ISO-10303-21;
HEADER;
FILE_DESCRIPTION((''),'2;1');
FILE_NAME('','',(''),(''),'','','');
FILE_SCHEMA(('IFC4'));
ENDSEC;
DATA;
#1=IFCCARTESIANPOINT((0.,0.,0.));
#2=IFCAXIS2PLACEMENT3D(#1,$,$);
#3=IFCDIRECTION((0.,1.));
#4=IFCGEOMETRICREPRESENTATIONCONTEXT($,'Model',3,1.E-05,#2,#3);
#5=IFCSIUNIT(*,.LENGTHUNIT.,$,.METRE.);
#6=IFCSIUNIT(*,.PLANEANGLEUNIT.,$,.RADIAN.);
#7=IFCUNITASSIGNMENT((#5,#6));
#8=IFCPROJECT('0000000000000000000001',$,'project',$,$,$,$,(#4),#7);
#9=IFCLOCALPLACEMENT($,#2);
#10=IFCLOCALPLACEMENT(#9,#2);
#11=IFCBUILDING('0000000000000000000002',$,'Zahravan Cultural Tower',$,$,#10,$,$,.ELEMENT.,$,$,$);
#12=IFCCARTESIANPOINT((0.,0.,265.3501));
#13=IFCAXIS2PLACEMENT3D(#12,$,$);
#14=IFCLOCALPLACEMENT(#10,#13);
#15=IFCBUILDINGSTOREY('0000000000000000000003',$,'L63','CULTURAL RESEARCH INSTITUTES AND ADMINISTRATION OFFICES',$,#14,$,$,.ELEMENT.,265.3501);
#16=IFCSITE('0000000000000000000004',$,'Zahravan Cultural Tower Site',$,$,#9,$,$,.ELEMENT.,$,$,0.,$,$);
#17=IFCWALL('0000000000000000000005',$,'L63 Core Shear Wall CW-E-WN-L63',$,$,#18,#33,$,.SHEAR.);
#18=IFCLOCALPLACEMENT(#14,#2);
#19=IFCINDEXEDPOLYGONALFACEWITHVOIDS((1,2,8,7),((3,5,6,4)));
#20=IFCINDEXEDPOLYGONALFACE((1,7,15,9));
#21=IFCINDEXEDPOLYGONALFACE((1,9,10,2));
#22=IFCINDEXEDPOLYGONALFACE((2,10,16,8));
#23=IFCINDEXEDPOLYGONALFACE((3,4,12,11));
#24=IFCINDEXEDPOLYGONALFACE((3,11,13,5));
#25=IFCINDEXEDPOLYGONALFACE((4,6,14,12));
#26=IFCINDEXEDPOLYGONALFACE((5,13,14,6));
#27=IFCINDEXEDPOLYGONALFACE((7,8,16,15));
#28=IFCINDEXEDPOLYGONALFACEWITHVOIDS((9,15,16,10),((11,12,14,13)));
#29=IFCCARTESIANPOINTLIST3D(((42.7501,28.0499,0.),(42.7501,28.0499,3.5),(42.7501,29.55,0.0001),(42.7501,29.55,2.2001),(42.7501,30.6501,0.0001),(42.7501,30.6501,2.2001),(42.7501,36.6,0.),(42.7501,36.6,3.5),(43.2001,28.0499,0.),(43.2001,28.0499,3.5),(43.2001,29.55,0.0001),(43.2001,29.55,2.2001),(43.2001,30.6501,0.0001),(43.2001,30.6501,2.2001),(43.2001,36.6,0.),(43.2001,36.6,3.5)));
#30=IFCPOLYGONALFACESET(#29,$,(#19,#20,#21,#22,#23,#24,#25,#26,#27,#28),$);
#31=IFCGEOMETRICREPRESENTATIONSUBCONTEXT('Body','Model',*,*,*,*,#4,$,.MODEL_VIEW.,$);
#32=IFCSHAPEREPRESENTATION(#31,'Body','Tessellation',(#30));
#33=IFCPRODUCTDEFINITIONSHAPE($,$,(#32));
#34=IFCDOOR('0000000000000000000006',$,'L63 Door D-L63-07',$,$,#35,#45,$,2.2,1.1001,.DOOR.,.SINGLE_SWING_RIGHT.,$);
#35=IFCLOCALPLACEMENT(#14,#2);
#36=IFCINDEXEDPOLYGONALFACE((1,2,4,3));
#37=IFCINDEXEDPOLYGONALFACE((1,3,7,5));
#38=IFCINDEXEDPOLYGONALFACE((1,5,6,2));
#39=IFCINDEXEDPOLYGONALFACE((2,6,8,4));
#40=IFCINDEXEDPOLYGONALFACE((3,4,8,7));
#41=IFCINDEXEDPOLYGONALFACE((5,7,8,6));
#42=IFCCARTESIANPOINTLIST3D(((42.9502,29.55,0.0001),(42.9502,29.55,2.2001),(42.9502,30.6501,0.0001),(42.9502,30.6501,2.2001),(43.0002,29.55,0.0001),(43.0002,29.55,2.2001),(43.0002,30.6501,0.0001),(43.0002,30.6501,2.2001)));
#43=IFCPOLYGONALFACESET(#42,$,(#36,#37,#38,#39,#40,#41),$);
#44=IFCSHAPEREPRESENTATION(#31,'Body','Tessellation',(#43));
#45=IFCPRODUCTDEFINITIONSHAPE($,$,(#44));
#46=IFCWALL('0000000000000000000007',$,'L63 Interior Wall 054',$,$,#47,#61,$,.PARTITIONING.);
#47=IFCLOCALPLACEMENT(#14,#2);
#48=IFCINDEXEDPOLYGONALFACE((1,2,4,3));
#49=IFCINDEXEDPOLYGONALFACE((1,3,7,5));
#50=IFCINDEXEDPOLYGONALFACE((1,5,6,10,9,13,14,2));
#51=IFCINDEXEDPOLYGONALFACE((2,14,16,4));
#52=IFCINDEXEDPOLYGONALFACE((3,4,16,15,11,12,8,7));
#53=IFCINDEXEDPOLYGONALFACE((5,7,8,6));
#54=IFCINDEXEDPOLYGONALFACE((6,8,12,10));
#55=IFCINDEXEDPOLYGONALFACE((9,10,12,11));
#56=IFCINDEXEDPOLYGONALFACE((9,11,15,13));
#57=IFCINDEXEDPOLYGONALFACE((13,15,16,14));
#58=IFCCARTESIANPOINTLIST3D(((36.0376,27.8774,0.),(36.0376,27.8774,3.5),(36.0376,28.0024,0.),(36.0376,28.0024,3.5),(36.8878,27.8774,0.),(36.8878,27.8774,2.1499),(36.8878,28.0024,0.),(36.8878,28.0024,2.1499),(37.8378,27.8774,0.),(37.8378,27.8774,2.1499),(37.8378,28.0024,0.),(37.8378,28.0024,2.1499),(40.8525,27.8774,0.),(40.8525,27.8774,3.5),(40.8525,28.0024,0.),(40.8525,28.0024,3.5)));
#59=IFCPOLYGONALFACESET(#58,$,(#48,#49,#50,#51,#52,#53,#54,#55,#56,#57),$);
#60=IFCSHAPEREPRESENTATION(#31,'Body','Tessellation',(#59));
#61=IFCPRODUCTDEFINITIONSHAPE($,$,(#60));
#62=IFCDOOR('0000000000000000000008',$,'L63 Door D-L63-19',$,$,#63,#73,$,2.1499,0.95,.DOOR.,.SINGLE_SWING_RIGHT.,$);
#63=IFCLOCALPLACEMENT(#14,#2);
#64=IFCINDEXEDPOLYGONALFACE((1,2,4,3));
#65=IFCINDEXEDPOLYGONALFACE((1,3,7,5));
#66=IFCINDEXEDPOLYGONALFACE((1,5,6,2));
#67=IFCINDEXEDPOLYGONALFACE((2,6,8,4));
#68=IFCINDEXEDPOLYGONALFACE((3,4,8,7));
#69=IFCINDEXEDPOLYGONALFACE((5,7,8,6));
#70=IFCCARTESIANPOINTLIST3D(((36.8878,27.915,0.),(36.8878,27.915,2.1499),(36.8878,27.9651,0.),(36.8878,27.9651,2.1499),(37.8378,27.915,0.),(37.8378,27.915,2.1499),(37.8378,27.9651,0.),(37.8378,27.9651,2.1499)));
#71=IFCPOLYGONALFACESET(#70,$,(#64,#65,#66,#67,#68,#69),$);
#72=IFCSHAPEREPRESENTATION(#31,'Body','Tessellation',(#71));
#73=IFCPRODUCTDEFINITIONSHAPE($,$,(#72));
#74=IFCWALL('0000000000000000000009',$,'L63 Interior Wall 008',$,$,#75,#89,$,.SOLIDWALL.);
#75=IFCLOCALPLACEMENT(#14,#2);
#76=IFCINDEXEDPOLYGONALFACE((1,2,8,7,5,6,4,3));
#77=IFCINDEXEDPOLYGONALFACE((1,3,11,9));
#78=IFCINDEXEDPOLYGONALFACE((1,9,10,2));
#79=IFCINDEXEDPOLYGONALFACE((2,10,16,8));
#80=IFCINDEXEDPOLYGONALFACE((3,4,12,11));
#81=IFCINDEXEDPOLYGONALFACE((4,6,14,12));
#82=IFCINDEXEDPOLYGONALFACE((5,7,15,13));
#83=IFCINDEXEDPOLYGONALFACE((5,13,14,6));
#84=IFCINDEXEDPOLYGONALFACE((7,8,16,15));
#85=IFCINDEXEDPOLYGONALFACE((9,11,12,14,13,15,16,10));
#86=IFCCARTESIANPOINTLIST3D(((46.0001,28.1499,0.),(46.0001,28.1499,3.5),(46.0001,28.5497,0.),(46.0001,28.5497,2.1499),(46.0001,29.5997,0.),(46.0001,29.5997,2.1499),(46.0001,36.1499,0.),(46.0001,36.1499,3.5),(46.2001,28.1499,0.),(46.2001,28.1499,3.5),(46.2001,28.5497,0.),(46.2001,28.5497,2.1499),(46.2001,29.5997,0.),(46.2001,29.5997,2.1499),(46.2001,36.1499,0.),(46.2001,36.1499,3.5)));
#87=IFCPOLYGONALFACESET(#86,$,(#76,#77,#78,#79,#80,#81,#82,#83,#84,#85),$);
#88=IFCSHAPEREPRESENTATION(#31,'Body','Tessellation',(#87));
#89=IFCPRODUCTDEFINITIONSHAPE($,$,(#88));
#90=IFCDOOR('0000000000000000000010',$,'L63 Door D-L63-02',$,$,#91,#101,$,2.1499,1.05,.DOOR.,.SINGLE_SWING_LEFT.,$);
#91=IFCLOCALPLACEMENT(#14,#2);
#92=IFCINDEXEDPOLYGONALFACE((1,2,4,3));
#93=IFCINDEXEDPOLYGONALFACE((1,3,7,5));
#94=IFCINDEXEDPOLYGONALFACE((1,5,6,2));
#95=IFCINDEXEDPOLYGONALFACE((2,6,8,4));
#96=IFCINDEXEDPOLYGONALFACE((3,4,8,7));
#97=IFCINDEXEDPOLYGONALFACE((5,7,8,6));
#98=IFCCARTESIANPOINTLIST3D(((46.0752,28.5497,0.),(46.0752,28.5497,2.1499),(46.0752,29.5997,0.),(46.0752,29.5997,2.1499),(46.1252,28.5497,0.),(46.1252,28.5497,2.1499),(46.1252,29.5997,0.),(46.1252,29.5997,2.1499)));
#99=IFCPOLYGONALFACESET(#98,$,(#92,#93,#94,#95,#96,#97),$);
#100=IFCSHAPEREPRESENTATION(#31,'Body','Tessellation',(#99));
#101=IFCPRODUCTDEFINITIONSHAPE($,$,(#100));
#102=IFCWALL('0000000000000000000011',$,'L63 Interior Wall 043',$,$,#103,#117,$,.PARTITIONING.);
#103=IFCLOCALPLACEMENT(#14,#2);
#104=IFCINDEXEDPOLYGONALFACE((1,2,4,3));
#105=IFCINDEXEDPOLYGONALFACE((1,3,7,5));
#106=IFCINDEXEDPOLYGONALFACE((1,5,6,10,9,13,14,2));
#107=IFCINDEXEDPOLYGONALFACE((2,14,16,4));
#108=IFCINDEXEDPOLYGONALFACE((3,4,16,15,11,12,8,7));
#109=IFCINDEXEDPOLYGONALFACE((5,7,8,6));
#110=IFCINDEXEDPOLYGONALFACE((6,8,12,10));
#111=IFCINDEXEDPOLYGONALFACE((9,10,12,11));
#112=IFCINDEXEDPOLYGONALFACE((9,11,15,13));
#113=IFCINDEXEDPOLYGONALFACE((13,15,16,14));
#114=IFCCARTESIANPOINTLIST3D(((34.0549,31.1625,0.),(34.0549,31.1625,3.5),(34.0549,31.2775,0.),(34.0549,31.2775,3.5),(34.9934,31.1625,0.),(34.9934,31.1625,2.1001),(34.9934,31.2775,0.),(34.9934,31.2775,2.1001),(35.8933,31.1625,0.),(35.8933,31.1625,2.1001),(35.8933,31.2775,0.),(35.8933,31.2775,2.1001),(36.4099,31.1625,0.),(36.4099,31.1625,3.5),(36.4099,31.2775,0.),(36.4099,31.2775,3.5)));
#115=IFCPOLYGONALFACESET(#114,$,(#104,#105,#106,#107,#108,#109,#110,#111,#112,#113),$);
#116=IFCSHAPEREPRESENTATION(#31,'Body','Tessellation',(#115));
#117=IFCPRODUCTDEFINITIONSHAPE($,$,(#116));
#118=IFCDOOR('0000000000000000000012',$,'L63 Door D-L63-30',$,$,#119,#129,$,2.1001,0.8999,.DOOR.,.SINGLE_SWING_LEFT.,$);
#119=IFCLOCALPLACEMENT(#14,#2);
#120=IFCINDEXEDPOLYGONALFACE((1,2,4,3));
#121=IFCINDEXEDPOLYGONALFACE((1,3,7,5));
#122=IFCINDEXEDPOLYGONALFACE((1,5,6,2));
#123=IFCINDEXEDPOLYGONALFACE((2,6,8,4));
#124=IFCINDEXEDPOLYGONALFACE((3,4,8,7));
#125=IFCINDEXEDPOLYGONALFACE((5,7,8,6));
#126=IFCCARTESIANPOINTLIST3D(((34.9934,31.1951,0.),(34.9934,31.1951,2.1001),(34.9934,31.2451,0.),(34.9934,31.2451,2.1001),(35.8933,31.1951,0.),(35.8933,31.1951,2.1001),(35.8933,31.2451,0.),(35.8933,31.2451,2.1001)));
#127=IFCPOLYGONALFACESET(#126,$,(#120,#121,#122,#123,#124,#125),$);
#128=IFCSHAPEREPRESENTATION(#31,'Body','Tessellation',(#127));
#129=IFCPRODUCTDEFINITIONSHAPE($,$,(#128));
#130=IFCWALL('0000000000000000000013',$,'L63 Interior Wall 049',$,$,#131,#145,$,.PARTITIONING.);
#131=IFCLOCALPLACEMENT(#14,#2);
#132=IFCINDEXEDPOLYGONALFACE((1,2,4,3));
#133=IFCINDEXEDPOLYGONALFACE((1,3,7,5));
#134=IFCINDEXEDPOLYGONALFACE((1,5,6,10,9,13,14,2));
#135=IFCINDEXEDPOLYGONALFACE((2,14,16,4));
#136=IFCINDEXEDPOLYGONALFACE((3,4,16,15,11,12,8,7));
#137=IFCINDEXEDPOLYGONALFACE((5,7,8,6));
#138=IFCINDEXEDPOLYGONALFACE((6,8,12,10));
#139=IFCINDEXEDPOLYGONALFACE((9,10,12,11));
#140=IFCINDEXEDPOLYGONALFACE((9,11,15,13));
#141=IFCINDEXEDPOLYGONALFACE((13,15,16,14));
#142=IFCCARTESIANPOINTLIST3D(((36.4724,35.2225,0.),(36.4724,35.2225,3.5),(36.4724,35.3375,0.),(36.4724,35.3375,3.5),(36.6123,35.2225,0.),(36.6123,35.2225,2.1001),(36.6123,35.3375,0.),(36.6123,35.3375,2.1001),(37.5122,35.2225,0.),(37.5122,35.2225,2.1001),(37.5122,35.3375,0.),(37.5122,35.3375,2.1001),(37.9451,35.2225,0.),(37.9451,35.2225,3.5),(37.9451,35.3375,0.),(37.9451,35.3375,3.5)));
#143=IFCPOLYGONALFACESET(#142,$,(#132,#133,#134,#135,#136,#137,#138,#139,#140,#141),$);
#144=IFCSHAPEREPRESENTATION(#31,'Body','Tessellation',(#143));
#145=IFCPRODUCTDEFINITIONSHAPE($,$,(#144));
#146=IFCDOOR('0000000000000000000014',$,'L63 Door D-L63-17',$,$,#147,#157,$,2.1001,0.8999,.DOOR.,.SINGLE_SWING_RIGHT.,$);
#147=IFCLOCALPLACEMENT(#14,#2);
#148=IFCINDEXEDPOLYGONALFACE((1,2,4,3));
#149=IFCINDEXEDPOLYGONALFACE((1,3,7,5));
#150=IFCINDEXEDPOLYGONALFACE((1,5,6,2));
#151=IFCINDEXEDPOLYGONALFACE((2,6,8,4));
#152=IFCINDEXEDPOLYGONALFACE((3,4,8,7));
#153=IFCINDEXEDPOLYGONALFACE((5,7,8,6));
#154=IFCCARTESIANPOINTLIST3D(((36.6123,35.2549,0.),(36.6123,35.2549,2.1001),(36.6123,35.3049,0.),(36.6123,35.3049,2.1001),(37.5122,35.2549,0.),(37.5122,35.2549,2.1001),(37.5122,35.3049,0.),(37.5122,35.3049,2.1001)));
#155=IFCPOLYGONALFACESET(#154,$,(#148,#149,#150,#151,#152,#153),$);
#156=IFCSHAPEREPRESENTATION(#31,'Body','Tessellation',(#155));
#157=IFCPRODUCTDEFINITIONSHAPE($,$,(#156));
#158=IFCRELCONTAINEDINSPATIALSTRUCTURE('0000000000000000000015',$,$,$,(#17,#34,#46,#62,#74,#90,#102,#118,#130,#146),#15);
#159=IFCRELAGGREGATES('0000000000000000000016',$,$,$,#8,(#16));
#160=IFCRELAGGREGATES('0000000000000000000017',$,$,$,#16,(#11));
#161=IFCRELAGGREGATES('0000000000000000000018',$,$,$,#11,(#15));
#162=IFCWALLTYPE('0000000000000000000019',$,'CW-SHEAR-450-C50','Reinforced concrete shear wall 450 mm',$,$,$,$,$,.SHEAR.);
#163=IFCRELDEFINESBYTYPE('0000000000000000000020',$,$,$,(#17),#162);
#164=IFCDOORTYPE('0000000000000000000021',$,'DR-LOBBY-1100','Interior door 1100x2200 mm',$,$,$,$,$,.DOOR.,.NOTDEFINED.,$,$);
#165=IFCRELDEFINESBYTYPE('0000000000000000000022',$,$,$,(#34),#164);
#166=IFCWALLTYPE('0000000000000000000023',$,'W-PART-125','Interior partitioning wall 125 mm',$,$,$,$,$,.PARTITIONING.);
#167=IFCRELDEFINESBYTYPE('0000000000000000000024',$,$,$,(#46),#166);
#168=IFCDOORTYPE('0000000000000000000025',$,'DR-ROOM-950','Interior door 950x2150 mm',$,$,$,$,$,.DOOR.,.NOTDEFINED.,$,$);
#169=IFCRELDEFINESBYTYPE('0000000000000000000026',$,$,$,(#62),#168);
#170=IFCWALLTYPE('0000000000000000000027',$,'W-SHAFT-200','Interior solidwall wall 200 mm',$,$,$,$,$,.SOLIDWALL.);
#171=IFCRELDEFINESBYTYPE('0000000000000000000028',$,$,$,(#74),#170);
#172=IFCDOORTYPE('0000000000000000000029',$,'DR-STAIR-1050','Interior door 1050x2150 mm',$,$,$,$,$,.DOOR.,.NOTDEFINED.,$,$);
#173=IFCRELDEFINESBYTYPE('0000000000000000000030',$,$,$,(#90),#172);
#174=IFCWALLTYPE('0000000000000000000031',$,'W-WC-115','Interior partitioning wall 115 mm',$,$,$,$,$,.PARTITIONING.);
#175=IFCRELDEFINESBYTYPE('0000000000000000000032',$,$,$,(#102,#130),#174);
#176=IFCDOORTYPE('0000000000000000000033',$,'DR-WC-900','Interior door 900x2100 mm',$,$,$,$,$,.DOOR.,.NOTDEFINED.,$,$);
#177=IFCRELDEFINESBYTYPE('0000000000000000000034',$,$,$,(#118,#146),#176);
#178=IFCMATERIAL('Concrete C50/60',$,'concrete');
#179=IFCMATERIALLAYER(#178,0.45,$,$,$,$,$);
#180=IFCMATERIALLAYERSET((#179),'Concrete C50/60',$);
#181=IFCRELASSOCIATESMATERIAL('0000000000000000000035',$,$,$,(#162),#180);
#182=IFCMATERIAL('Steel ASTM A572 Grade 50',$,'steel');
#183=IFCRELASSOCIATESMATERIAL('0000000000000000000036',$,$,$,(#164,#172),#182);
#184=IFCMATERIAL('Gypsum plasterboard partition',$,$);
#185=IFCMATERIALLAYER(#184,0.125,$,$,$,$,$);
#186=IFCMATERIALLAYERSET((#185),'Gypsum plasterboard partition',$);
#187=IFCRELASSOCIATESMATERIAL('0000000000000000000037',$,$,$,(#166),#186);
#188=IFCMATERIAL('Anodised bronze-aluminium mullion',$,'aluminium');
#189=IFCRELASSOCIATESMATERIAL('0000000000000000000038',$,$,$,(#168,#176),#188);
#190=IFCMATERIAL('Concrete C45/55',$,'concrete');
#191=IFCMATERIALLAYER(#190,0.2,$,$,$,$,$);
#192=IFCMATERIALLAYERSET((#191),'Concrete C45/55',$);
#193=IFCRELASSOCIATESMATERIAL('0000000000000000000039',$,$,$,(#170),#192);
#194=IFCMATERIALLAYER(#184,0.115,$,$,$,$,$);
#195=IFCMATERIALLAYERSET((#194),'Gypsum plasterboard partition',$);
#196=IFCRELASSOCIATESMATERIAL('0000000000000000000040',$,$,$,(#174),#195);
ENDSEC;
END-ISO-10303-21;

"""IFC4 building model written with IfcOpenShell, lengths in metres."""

from ifc_helpers import new_model, si_unit, direction, frame, frame_2d, origin, place, context, subcontext, project, spatial, rectangle, extrude, source, transform, mapped, material, layer, layer_set, type_object, element, fill, save


model = new_model("IFC4")

# Units and contexts
model_context = context("Model", 3, precision=1e-05, world=origin(), true_north=direction((0.0, 1.0)))
body_context = subcontext(model_context, "Body", "Model", "MODEL_VIEW")
ifc_project = project(units=[si_unit("LENGTHUNIT", "METRE"), si_unit("PLANEANGLEUNIT", "RADIAN")], contexts=[model_context])

# Site, building, storey
site_placement = place(None, origin())
site = spatial("IfcSite", under=ifc_project, at=site_placement, Name="Zahravan Cultural Tower Site", CompositionType="ELEMENT", RefElevation=0.0)
building_placement = place(site_placement, origin())
building = spatial("IfcBuilding", under=site, at=building_placement, Name="Zahravan Cultural Tower", CompositionType="ELEMENT")
storey_placement = place(building_placement, frame((0.0, 0.0, 265.3501)))
storey = spatial("IfcBuildingStorey", under=building, at=storey_placement, Name="L63", Description="CULTURAL RESEARCH INSTITUTES AND ADMINISTRATION OFFICES", CompositionType="ELEMENT", Elevation=265.3501)

# Walls, openings, doors
ifc_material_1 = material(Name="Concrete C50/60", Category="concrete")
ifc_layer_1 = layer(ifc_material_1, 0.45)
ifc_layer_set_1 = layer_set([ifc_layer_1], Name="Concrete C50/60")
wall_type_1 = type_object("IfcWallType", Name="CW-SHEAR-450-C50", Description="Reinforced concrete shear wall 450 mm", PredefinedType="SHEAR", material=ifc_layer_set_1)
wall_1_placement = place(storey_placement, frame((42.9751, 28.05, 0.0), z_axis=(0.0, 0.0, 1.0), x_axis=(0.0, 1.0, 0.0)))
wall_1 = element("IfcWall", 1, at=wall_1_placement, inside=storey, type_object=wall_type_1, Name="L63 Core Shear Wall CW-E-WN-L63", PredefinedType="SHEAR", context=body_context, shape_type="SweptSolid", body=[
    extrude(rectangle(XDim=8.55, YDim=0.45, at=frame_2d((4.2749, 0.0))), origin(), (0.0, 0.0, 1.0), 3.5),
])
opening_1_placement = place(wall_1_placement, frame((1.5, 0.0, 0.0)))
opening_1 = element("IfcOpeningElement", 2, at=opening_1_placement, cuts=wall_1, PredefinedType="OPENING", context=body_context, shape_type="SweptSolid", body=[
    extrude(rectangle(XDim=1.1001, YDim=2.2, at=frame_2d((0.55, 1.1001))), frame((0.0, 0.2349, 0.0), z_axis=(0.0, -1.0, 0.0), x_axis=(1.0, 0.0, 0.0)), (0.0, 0.0, 1.0), 0.47),
])
ifc_material_2 = material(Name="Steel ASTM A572 Grade 50", Category="steel")
door_type_1 = type_object("IfcDoorType", Name="DR-LOBBY-1100", Description="Interior door 1100x2200 mm", OperationType="NOTDEFINED", PredefinedType="DOOR", material=ifc_material_2)
shared_shape_1 = source(origin(), body_context, "Body", "SweptSolid", [
    extrude(rectangle(XDim=1.1001, YDim=2.2, at=frame_2d((0.55, 1.1001))), frame((0.0, 0.0249, 0.0), z_axis=(0.0, -1.0, 0.0), x_axis=(1.0, 0.0, 0.0)), (0.0, 0.0, 1.0), 0.05),
])
door_1_placement = place(opening_1_placement, origin())
door_1 = element("IfcDoor", 3, at=door_1_placement, inside=storey, type_object=door_type_1, Name="L63 Door D-L63-07", OperationType="SINGLE_SWING_RIGHT", OverallHeight=2.2, OverallWidth=1.1001, PredefinedType="DOOR", context=body_context, shape_type="MappedRepresentation", body=[
    mapped(shared_shape_1, transform((0.0, 0.0, 0.0), x_axis=(1.0, 0.0, 0.0), y_axis=(0.0, 1.0, 0.0), z_axis=(0.0, 0.0, 1.0), scale=1.0)),
])
fill(opening_1, door_1)
ifc_material_3 = material(Name="Gypsum plasterboard partition")
ifc_layer_2 = layer(ifc_material_3, 0.125)
ifc_layer_set_2 = layer_set([ifc_layer_2], Name="Gypsum plasterboard partition")
wall_type_2 = type_object("IfcWallType", Name="W-PART-125", Description="Interior partitioning wall 125 mm", PredefinedType="PARTITIONING", material=ifc_layer_set_2)
wall_2_placement = place(storey_placement, frame((40.8525, 27.9399, 0.0), z_axis=(0.0, 0.0, 1.0), x_axis=(-1.0, 0.0, 0.0)))
wall_2 = element("IfcWall", 4, at=wall_2_placement, inside=storey, type_object=wall_type_2, Name="L63 Interior Wall 054", PredefinedType="PARTITIONING", context=body_context, shape_type="SweptSolid", body=[
    extrude(rectangle(XDim=4.8149, YDim=0.125, at=frame_2d((2.4075, 0.0))), origin(), (0.0, 0.0, 1.0), 3.5),
])
opening_2_placement = place(wall_2_placement, frame((3.0146, 0.0, 0.0)))
opening_2 = element("IfcOpeningElement", 5, at=opening_2_placement, cuts=wall_2, PredefinedType="OPENING", context=body_context, shape_type="SweptSolid", body=[
    extrude(rectangle(XDim=0.95, YDim=2.1499, at=frame_2d((0.4751, 1.075))), frame((0.0, 0.0725, 0.0), z_axis=(0.0, -1.0, 0.0), x_axis=(1.0, 0.0, 0.0)), (0.0, 0.0, 1.0), 0.145),
])
ifc_material_4 = material(Name="Anodised bronze-aluminium mullion", Category="aluminium")
door_type_2 = type_object("IfcDoorType", Name="DR-ROOM-950", Description="Interior door 950x2150 mm", OperationType="NOTDEFINED", PredefinedType="DOOR", material=ifc_material_4)
shared_shape_2 = source(origin(), body_context, "Body", "SweptSolid", [
    extrude(rectangle(XDim=0.95, YDim=2.1499, at=frame_2d((0.4751, 1.075))), frame((0.0, 0.0249, 0.0), z_axis=(0.0, -1.0, 0.0), x_axis=(1.0, 0.0, 0.0)), (0.0, 0.0, 1.0), 0.05),
])
door_2_placement = place(opening_2_placement, origin())
door_2 = element("IfcDoor", 6, at=door_2_placement, inside=storey, type_object=door_type_2, Name="L63 Door D-L63-19", OperationType="SINGLE_SWING_RIGHT", OverallHeight=2.1499, OverallWidth=0.95, PredefinedType="DOOR", context=body_context, shape_type="MappedRepresentation", body=[
    mapped(shared_shape_2, transform((0.0, 0.0, 0.0), x_axis=(1.0, 0.0, 0.0), y_axis=(0.0, 1.0, 0.0), z_axis=(0.0, 0.0, 1.0), scale=1.0)),
])
fill(opening_2, door_2)
ifc_material_5 = material(Name="Concrete C45/55", Category="concrete")
ifc_layer_3 = layer(ifc_material_5, 0.2)
ifc_layer_set_3 = layer_set([ifc_layer_3], Name="Concrete C45/55")
wall_type_3 = type_object("IfcWallType", Name="W-SHAFT-200", Description="Interior solidwall wall 200 mm", PredefinedType="SOLIDWALL", material=ifc_layer_set_3)
wall_3_placement = place(storey_placement, frame((46.1001, 28.1499, 0.0), z_axis=(0.0, 0.0, 1.0), x_axis=(0.0, 1.0, 0.0)))
wall_3 = element("IfcWall", 7, at=wall_3_placement, inside=storey, type_object=wall_type_3, Name="L63 Interior Wall 008", PredefinedType="SOLIDWALL", context=body_context, shape_type="SweptSolid", body=[
    extrude(rectangle(XDim=8.0, YDim=0.2, at=frame_2d((4.0, 0.0))), origin(), (0.0, 0.0, 1.0), 3.5),
])
opening_3_placement = place(wall_3_placement, frame((0.3999, 0.0, 0.0)))
opening_3 = element("IfcOpeningElement", 8, at=opening_3_placement, cuts=wall_3, PredefinedType="OPENING", context=body_context, shape_type="SweptSolid", body=[
    extrude(rectangle(XDim=1.05, YDim=2.1499, at=frame_2d((0.5249, 1.075))), frame((0.0, 0.1099, 0.0), z_axis=(0.0, -1.0, 0.0), x_axis=(1.0, 0.0, 0.0)), (0.0, 0.0, 1.0), 0.22),
])
door_type_3 = type_object("IfcDoorType", Name="DR-STAIR-1050", Description="Interior door 1050x2150 mm", OperationType="NOTDEFINED", PredefinedType="DOOR", material=ifc_material_2)
shared_shape_3 = source(origin(), body_context, "Body", "SweptSolid", [
    extrude(rectangle(XDim=1.05, YDim=2.1499, at=frame_2d((0.5249, 1.075))), frame((0.0, 0.0249, 0.0), z_axis=(0.0, -1.0, 0.0), x_axis=(1.0, 0.0, 0.0)), (0.0, 0.0, 1.0), 0.05),
])
door_3_placement = place(opening_3_placement, origin())
door_3 = element("IfcDoor", 9, at=door_3_placement, inside=storey, type_object=door_type_3, Name="L63 Door D-L63-02", OperationType="SINGLE_SWING_LEFT", OverallHeight=2.1499, OverallWidth=1.05, PredefinedType="DOOR", context=body_context, shape_type="MappedRepresentation", body=[
    mapped(shared_shape_3, transform((0.0, 0.0, 0.0), x_axis=(1.0, 0.0, 0.0), y_axis=(0.0, 1.0, 0.0), z_axis=(0.0, 0.0, 1.0), scale=1.0)),
])
fill(opening_3, door_3)
ifc_layer_4 = layer(ifc_material_3, 0.115)
ifc_layer_set_4 = layer_set([ifc_layer_4], Name="Gypsum plasterboard partition")
wall_type_4 = type_object("IfcWallType", Name="W-WC-115", Description="Interior partitioning wall 115 mm", PredefinedType="PARTITIONING", material=ifc_layer_set_4)
wall_4_placement = place(storey_placement, frame((36.4099, 31.22, 0.0), z_axis=(0.0, 0.0, 1.0), x_axis=(-1.0, 0.0, 0.0)))
wall_4 = element("IfcWall", 10, at=wall_4_placement, inside=storey, type_object=wall_type_4, Name="L63 Interior Wall 043", PredefinedType="PARTITIONING", context=body_context, shape_type="SweptSolid", body=[
    extrude(rectangle(XDim=2.355, YDim=0.115, at=frame_2d((1.1775, 0.0))), origin(), (0.0, 0.0, 1.0), 3.5),
])
opening_4_placement = place(wall_4_placement, frame((0.5166, 0.0, 0.0)))
opening_4 = element("IfcOpeningElement", 11, at=opening_4_placement, cuts=wall_4, PredefinedType="OPENING", context=body_context, shape_type="SweptSolid", body=[
    extrude(rectangle(XDim=0.8999, YDim=2.1001, at=frame_2d((0.45, 1.05))), frame((0.0, 0.0674, 0.0), z_axis=(0.0, -1.0, 0.0), x_axis=(1.0, 0.0, 0.0)), (0.0, 0.0, 1.0), 0.135),
])
door_type_4 = type_object("IfcDoorType", Name="DR-WC-900", Description="Interior door 900x2100 mm", OperationType="NOTDEFINED", PredefinedType="DOOR", material=ifc_material_4)
shared_shape_4 = source(origin(), body_context, "Body", "SweptSolid", [
    extrude(rectangle(XDim=0.8999, YDim=2.1001, at=frame_2d((0.45, 1.05))), frame((0.0, 0.0249, 0.0), z_axis=(0.0, -1.0, 0.0), x_axis=(1.0, 0.0, 0.0)), (0.0, 0.0, 1.0), 0.05),
])
door_4_placement = place(opening_4_placement, origin())
door_4 = element("IfcDoor", 12, at=door_4_placement, inside=storey, type_object=door_type_4, Name="L63 Door D-L63-30", OperationType="SINGLE_SWING_LEFT", OverallHeight=2.1001, OverallWidth=0.8999, PredefinedType="DOOR", context=body_context, shape_type="MappedRepresentation", body=[
    mapped(shared_shape_4, transform((0.0, 0.0, 0.0), x_axis=(1.0, 0.0, 0.0), y_axis=(0.0, 1.0, 0.0), z_axis=(0.0, 0.0, 1.0), scale=1.0)),
])
fill(opening_4, door_4)
wall_5_placement = place(storey_placement, frame((36.4724, 35.28, 0.0), z_axis=(0.0, 0.0, 1.0), x_axis=(1.0, 0.0, 0.0)))
wall_5 = element("IfcWall", 13, at=wall_5_placement, inside=storey, type_object=wall_type_4, Name="L63 Interior Wall 049", PredefinedType="PARTITIONING", context=body_context, shape_type="SweptSolid", body=[
    extrude(rectangle(XDim=1.4727, YDim=0.115, at=frame_2d((0.7363, 0.0))), origin(), (0.0, 0.0, 1.0), 3.5),
])
opening_5_placement = place(wall_5_placement, frame((0.1399, 0.0, 0.0)))
opening_5 = element("IfcOpeningElement", 14, at=opening_5_placement, cuts=wall_5, PredefinedType="OPENING", context=body_context, shape_type="SweptSolid", body=[
    extrude(rectangle(XDim=0.8999, YDim=2.1001, at=frame_2d((0.45, 1.05))), frame((0.0, 0.0674, 0.0), z_axis=(0.0, -1.0, 0.0), x_axis=(1.0, 0.0, 0.0)), (0.0, 0.0, 1.0), 0.135),
])
door_5_placement = place(opening_5_placement, origin())
door_5 = element("IfcDoor", 15, at=door_5_placement, inside=storey, type_object=door_type_4, Name="L63 Door D-L63-17", OperationType="SINGLE_SWING_RIGHT", OverallHeight=2.1001, OverallWidth=0.8999, PredefinedType="DOOR", context=body_context, shape_type="MappedRepresentation", body=[
    mapped(shared_shape_4, transform((0.0, 0.0, 0.0), x_axis=(1.0, 0.0, 0.0), y_axis=(0.0, 1.0, 0.0), z_axis=(0.0, 0.0, 1.0), scale=1.0)),
])
fill(opening_5, door_5)

save(model, "model.ifc")
